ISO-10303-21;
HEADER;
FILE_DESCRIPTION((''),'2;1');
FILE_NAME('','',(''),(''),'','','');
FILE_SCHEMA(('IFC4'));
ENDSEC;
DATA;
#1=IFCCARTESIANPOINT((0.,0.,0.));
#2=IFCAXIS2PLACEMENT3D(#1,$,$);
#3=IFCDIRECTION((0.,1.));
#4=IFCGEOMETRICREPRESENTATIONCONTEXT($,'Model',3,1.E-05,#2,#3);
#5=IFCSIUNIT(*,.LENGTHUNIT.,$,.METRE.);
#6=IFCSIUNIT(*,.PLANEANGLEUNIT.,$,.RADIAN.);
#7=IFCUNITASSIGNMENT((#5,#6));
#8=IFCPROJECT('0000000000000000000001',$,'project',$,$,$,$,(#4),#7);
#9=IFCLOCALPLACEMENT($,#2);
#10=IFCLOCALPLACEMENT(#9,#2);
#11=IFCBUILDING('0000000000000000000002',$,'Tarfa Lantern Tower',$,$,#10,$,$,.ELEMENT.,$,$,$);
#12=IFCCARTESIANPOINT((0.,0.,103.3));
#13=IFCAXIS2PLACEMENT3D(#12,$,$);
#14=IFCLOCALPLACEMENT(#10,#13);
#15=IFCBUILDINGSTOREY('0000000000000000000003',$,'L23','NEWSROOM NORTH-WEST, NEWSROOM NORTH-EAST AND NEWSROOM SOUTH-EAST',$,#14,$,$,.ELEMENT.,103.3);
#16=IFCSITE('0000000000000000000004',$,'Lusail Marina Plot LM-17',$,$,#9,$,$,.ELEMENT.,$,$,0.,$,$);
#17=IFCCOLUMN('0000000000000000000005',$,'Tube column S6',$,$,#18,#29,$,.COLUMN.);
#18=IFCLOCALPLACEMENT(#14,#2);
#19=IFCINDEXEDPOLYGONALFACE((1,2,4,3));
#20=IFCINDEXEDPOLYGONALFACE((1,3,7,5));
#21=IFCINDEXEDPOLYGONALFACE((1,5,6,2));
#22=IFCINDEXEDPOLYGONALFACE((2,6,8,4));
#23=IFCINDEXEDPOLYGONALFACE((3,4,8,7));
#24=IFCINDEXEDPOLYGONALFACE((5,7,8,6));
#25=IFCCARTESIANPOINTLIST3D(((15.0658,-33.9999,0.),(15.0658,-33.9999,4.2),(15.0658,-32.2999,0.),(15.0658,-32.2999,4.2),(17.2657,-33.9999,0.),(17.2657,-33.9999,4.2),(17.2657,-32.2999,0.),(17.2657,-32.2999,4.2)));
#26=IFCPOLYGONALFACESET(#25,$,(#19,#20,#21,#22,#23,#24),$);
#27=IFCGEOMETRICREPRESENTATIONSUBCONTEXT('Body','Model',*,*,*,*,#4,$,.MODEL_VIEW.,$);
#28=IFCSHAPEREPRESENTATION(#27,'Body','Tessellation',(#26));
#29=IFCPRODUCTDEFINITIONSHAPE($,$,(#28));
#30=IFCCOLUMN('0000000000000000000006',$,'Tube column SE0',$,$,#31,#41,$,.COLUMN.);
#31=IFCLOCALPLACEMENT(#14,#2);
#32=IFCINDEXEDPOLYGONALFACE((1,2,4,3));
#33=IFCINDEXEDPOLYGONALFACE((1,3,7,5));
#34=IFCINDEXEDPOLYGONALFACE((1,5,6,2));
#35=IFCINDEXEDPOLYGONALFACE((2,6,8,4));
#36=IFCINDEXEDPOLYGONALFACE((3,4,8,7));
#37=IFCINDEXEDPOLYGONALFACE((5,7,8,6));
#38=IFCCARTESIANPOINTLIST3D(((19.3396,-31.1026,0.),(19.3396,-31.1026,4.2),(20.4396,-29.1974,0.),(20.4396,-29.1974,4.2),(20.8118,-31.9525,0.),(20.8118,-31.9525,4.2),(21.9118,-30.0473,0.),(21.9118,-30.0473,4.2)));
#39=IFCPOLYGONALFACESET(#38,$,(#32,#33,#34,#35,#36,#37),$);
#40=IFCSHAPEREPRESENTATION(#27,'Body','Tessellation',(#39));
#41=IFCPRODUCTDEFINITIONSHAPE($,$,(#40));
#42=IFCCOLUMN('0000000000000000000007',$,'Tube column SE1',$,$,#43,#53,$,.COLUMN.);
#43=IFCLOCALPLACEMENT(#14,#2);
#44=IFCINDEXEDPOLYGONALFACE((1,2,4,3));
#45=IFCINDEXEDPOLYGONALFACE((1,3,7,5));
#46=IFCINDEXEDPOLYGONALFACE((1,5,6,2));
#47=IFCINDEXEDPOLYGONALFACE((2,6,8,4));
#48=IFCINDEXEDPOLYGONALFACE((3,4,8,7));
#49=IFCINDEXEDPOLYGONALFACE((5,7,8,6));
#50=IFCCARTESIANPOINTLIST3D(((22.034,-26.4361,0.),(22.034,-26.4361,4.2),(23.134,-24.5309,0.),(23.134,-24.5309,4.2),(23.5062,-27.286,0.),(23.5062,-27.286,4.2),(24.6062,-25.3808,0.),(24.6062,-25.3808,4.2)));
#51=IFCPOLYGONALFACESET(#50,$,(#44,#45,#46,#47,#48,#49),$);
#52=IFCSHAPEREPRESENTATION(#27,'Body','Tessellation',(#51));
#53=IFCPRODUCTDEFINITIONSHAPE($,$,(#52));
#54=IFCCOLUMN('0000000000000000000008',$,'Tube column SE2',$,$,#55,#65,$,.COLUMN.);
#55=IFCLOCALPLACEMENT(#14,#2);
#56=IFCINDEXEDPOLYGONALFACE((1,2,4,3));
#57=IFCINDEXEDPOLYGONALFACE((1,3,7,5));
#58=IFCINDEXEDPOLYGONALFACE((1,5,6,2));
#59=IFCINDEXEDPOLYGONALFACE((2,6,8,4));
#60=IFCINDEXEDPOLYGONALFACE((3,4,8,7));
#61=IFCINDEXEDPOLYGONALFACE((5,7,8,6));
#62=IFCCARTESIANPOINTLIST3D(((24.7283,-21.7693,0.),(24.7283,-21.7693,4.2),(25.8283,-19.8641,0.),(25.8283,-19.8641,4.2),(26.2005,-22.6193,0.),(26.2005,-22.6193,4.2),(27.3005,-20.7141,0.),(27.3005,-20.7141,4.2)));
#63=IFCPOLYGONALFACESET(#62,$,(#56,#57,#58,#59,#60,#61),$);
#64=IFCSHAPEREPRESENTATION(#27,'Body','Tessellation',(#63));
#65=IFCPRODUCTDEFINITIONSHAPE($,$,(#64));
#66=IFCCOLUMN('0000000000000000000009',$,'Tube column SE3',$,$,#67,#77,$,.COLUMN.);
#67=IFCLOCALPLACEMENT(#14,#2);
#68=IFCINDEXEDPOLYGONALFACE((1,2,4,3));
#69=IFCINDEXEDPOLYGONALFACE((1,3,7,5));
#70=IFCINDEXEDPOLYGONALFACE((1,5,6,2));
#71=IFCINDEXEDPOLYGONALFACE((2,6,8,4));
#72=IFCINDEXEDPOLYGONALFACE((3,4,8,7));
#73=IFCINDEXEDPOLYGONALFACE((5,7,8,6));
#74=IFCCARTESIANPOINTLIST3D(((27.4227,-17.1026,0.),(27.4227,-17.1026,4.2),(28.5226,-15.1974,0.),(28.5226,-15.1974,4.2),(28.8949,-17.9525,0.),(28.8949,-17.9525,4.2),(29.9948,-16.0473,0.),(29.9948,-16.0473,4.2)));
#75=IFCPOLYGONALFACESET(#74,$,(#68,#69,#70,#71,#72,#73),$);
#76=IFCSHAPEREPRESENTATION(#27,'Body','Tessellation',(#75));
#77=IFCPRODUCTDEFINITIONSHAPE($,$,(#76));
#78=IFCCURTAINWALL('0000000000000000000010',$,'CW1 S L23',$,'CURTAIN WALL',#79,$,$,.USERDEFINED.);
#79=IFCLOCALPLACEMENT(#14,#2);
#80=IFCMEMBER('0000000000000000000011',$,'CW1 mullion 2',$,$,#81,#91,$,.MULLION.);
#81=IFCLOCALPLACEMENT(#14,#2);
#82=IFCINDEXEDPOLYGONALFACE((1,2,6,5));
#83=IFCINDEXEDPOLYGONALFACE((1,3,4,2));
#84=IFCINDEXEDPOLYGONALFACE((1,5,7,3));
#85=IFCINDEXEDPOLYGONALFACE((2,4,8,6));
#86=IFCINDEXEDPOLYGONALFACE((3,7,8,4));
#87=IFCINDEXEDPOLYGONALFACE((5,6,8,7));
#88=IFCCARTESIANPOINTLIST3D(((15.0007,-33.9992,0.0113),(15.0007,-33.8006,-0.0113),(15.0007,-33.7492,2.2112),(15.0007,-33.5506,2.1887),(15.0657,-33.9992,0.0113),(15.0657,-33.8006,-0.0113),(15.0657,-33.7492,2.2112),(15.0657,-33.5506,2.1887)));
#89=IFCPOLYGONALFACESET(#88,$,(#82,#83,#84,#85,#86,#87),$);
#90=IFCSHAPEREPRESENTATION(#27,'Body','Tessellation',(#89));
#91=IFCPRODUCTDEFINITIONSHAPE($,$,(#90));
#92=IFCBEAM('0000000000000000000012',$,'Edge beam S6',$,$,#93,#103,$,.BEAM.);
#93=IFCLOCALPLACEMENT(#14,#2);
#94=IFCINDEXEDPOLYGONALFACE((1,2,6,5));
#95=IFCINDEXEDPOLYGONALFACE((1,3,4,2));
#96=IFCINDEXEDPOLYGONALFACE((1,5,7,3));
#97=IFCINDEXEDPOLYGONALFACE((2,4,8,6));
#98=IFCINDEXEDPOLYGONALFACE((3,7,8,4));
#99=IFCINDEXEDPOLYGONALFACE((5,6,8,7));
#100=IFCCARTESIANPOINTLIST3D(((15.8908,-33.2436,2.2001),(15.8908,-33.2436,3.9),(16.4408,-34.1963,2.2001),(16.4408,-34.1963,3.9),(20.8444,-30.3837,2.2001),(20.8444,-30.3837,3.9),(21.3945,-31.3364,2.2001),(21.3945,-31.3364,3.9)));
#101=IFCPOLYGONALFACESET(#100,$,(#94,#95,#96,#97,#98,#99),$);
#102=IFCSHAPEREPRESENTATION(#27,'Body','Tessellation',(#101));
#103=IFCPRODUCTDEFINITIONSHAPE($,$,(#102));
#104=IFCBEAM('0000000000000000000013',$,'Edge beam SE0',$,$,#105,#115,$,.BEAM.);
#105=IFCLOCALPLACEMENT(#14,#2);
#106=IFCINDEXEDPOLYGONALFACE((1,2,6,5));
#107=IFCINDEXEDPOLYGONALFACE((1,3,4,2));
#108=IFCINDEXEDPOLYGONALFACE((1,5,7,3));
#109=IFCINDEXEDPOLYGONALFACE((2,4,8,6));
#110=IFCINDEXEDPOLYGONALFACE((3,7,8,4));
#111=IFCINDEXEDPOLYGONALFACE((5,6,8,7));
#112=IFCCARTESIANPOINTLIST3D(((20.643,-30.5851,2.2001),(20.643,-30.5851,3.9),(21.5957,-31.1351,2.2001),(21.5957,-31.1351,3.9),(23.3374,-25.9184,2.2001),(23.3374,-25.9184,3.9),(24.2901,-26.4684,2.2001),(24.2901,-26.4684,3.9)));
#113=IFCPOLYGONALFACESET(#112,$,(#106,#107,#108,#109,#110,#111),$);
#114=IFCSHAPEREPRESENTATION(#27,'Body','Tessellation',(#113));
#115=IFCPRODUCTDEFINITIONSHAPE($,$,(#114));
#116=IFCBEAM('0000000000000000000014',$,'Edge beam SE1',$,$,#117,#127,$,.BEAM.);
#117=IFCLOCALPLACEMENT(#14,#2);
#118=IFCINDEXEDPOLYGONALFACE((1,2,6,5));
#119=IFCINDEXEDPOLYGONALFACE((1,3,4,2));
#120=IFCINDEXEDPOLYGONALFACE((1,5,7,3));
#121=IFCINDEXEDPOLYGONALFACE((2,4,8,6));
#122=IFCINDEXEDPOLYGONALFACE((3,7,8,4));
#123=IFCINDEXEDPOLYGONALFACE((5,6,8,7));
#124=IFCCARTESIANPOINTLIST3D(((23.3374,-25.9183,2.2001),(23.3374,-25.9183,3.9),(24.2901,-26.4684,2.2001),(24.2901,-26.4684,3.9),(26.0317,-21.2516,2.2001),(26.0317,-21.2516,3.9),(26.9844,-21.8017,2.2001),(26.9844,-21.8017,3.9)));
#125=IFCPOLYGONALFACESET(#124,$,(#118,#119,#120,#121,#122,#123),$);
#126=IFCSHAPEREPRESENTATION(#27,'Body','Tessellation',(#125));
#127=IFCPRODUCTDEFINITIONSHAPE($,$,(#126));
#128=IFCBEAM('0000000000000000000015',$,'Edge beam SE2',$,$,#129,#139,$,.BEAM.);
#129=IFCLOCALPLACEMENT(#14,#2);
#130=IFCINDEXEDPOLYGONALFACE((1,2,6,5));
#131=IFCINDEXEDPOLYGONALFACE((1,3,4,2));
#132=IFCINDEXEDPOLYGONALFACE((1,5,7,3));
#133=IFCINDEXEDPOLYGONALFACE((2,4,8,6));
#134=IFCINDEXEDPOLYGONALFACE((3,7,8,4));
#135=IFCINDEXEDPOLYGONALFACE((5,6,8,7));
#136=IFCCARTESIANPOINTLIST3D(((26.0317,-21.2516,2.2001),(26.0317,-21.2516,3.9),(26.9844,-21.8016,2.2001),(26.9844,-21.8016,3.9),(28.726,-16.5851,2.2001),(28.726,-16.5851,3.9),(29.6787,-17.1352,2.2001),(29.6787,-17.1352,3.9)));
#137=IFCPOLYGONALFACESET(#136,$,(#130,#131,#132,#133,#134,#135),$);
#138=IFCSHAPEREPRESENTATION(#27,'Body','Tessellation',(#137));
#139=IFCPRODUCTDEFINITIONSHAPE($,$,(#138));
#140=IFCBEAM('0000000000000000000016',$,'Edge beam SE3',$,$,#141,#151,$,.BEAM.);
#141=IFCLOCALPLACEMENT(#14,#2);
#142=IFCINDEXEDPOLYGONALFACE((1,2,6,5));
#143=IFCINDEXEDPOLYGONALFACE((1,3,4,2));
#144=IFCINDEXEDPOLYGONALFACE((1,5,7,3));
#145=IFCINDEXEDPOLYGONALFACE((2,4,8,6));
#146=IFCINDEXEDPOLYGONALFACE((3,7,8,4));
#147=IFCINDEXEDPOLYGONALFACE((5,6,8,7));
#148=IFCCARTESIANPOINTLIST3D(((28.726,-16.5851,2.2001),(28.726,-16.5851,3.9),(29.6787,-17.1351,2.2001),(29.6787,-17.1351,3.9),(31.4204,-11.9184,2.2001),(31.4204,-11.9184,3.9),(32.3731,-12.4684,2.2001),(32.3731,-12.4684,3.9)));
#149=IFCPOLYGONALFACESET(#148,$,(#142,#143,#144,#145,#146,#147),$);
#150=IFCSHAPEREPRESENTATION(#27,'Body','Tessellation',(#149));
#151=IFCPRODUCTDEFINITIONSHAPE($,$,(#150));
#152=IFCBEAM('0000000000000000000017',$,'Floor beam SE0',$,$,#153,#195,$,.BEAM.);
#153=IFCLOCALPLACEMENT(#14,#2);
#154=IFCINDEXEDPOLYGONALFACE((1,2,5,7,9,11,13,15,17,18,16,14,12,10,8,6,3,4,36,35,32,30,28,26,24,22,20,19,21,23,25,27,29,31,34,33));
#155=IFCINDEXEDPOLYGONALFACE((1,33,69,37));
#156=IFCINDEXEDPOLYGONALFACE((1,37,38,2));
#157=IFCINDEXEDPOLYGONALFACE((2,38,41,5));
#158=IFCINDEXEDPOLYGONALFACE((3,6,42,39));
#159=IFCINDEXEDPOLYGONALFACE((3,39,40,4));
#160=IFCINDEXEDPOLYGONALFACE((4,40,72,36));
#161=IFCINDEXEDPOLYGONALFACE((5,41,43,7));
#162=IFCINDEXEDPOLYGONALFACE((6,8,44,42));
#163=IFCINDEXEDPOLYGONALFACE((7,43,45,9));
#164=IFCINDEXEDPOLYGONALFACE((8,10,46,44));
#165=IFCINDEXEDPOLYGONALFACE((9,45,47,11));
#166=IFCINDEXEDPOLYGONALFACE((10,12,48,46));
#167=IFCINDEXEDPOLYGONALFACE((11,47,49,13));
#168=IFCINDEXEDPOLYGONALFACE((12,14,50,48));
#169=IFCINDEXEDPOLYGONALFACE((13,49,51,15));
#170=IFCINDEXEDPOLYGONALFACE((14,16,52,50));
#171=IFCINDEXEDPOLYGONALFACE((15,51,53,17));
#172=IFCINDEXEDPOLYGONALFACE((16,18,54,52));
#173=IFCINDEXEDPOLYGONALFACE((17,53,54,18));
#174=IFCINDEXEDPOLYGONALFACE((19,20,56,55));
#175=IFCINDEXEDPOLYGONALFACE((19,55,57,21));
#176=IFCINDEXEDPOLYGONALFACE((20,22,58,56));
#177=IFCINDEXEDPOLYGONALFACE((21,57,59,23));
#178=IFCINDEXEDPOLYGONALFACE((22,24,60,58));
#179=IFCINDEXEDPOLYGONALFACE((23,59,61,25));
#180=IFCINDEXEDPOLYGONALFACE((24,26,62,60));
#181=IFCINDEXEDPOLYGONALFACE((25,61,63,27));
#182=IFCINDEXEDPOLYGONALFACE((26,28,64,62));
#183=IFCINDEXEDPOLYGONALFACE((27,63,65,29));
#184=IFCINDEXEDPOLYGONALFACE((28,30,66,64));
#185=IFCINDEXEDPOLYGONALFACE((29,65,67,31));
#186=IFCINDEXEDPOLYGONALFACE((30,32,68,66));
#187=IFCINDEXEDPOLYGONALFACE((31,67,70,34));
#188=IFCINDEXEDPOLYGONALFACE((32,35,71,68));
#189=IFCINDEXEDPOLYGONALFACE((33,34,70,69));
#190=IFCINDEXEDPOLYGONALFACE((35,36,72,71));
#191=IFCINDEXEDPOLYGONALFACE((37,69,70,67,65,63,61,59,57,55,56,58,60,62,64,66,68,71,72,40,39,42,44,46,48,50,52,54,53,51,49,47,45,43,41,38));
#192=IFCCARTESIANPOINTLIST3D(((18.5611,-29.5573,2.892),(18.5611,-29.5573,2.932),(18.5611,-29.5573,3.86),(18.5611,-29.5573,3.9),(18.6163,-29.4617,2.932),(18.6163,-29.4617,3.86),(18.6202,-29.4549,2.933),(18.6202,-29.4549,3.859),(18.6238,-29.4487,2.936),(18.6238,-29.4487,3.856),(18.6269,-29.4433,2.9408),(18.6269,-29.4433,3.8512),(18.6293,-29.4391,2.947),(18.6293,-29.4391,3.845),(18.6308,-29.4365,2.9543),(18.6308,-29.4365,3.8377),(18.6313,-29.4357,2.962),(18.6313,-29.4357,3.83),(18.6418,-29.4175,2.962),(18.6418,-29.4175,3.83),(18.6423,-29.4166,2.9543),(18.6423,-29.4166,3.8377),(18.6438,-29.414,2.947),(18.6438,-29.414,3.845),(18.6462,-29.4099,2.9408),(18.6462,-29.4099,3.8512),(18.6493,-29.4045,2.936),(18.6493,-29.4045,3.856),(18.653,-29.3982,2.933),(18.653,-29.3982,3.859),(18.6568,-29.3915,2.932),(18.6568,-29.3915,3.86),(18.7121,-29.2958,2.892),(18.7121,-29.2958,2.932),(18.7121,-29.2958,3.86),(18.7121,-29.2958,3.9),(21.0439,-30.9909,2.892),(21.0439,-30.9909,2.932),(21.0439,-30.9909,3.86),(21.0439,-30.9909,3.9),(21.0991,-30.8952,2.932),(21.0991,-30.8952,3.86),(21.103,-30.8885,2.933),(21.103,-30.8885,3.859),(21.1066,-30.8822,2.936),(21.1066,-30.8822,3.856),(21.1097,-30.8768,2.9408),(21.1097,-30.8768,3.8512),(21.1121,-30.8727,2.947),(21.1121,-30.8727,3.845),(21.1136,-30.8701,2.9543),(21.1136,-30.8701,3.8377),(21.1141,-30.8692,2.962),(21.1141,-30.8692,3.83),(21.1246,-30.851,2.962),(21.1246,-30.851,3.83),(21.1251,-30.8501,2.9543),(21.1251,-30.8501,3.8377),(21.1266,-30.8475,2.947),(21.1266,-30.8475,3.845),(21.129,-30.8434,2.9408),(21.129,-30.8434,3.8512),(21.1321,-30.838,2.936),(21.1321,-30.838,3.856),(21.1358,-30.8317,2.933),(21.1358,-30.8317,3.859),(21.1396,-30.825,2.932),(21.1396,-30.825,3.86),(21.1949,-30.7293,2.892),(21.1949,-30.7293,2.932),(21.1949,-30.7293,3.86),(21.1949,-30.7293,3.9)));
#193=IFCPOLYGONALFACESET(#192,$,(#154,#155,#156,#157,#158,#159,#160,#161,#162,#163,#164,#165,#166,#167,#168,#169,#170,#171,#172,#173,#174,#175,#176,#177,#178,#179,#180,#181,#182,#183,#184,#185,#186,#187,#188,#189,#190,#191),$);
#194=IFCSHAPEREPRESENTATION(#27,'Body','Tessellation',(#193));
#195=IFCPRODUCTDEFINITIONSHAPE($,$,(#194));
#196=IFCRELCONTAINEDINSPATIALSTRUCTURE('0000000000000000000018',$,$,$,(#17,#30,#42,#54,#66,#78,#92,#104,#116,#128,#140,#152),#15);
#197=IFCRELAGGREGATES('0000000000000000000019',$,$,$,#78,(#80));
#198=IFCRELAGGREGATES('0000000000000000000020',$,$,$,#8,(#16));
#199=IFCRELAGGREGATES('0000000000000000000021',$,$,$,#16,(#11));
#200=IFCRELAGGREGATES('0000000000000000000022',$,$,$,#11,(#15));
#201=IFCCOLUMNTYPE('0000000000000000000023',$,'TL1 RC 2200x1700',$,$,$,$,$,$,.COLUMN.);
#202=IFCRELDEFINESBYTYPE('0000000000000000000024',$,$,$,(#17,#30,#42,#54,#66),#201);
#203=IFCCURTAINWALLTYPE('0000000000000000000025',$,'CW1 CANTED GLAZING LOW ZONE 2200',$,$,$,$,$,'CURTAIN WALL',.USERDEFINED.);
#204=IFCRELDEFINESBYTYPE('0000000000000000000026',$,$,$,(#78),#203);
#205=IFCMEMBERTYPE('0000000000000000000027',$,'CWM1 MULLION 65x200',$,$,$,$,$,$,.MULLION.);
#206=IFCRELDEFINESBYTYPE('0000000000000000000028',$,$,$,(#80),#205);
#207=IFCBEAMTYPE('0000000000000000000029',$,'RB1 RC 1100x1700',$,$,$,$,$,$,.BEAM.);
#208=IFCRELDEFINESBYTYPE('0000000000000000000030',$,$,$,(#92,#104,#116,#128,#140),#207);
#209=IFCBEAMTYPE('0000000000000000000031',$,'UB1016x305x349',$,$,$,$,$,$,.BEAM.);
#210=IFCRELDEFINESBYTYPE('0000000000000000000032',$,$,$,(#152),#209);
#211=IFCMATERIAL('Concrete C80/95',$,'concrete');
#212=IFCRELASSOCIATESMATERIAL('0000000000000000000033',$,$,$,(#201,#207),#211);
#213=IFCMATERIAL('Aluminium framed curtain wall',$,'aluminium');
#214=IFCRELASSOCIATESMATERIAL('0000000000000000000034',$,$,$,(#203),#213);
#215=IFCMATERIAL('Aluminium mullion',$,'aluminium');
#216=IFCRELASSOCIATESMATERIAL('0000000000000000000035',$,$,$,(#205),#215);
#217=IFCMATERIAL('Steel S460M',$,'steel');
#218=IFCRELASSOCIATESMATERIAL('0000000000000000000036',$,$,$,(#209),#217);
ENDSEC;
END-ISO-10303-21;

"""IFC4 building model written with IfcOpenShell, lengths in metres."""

from ifc_helpers import new_model, si_unit, direction, frame, origin, origin_2d, place, context, subcontext, project, spatial, rectangle, i_section, extrude, material, material_profile, profile_set, type_object, element, aggregate, save


model = new_model("IFC4")

# Units and contexts
model_context = context("Model", 3, precision=1e-05, world=origin(), true_north=direction((0.0, 1.0)))
body_context = subcontext(model_context, "Body", "Model", "MODEL_VIEW")
ifc_project = project(units=[si_unit("LENGTHUNIT", "METRE"), si_unit("PLANEANGLEUNIT", "RADIAN")], contexts=[model_context])

# Site, building, storey
site_placement = place(None, origin())
site = spatial("IfcSite", under=ifc_project, at=site_placement, Name="Lusail Marina Plot LM-17", CompositionType="ELEMENT", RefElevation=0.0)
building_placement = place(site_placement, origin())
building = spatial("IfcBuilding", under=site, at=building_placement, Name="Tarfa Lantern Tower", CompositionType="ELEMENT")
storey_placement = place(building_placement, frame((0.0, 0.0, 103.3)))
storey = spatial("IfcBuildingStorey", under=building, at=storey_placement, Name="L23", Description="NEWSROOM NORTH-WEST, NEWSROOM NORTH-EAST AND NEWSROOM SOUTH-EAST", CompositionType="ELEMENT", Elevation=103.3)

# Columns
ifc_material_1 = material(Name="Concrete C80/95", Category="concrete")
ifc_material_profile_1 = material_profile(ifc_material_1, rectangle(XDim=2.2, YDim=1.7, at=origin_2d()), Name="RC 2200x1700")
ifc_profile_set_1 = profile_set([ifc_material_profile_1], Name="Concrete C80/95")
column_type = type_object("IfcColumnType", Name="TL1 RC 2200x1700", PredefinedType="COLUMN", material=ifc_profile_set_1)
for number, where, z_axis, x_axis, name in (
    (1, (16.1658, -33.1499, 0.0), (0.0, 0.0, 1.0), (1.0, 0.0, 0.0), "Tube column S6"),
    (2, (20.6257, -30.575, 0.0), (0.0, 0.0, 1.0), (0.5, 0.866025, 0.0), "Tube column SE0"),
    (3, (23.3201, -25.9084, 0.0), (0.0, 0.0, 1.0), (0.5, 0.866025, 0.0), "Tube column SE1"),
    (4, (26.0144, -21.2417, 0.0), (0.0, 0.0, 1.0), (0.5, 0.866025, 0.0), "Tube column SE2"),
    (5, (28.7087, -16.575, 0.0), (0.0, 0.0, 1.0), (0.5, 0.866025, 0.0), "Tube column SE3"),
):
    element("IfcColumn", number, at=place(storey_placement, frame(where, z_axis=z_axis, x_axis=x_axis)), inside=storey, type_object=column_type, Name=name, PredefinedType="COLUMN", context=body_context, shape_type="SweptSolid", body=[
        extrude(rectangle(XDim=2.2, YDim=1.7, at=origin_2d()), origin(), (0.0, 0.0, 1.0), 4.2),
    ])

# Curtain wall, member
ifc_material_2 = material(Name="Aluminium framed curtain wall", Category="aluminium")
curtain_wall_type = type_object("IfcCurtainWallType", Name="CW1 CANTED GLAZING LOW ZONE 2200", ElementType="CURTAIN WALL", PredefinedType="USERDEFINED", material=ifc_material_2)
curtain_wall_placement = place(storey_placement, origin())
curtain_wall = element("IfcCurtainWall", 6, at=curtain_wall_placement, inside=storey, type_object=curtain_wall_type, Name="CW1 S L23", ObjectType="CURTAIN WALL", PredefinedType="USERDEFINED")
ifc_material_3 = material(Name="Aluminium mullion", Category="aluminium")
ifc_material_profile_2 = material_profile(ifc_material_3, rectangle(XDim=0.0649, YDim=0.2, at=origin_2d()), Name="AL MULLION 65x200")
ifc_profile_set_2 = profile_set([ifc_material_profile_2], Name="Aluminium mullion")
member_type = type_object("IfcMemberType", Name="CWM1 MULLION 65x200", PredefinedType="MULLION", material=ifc_profile_set_2)
member_placement = place(storey_placement, frame((15.0332, -33.8999, 0.0), z_axis=(0.0, 0.112912, 0.993605), x_axis=(-1.0, 0.0, 0.0)))
member = element("IfcMember", 7, at=member_placement, type_object=member_type, Name="CW1 mullion 2", PredefinedType="MULLION", context=body_context, shape_type="SweptSolid", body=[
    extrude(rectangle(XDim=0.0649, YDim=0.2, at=origin_2d()), origin(), (0.0, 0.0, 1.0), 2.2141),
])
aggregate(curtain_wall, [member])

# Beams
ifc_material_profile_3 = material_profile(ifc_material_1, rectangle(XDim=1.1001, YDim=1.7, at=origin_2d()), Name="RC 1100x1700")
ifc_profile_set_3 = profile_set([ifc_material_profile_3], Name="Concrete C80/95")
beam_type_1 = type_object("IfcBeamType", Name="RB1 RC 1100x1700", PredefinedType="BEAM", material=ifc_profile_set_3)
beam_1_placement = place(storey_placement, frame((16.1658, -33.72, 3.05), z_axis=(0.866033, 0.499986, 0.0), x_axis=(-0.499986, 0.866033, 0.0)))
element("IfcBeam", 8, at=beam_1_placement, inside=storey, type_object=beam_type_1, Name="Edge beam S6", PredefinedType="BEAM", context=body_context, shape_type="SweptSolid", body=[
    extrude(rectangle(XDim=1.1001, YDim=1.7, at=origin_2d()), origin(), (0.0, 0.0, 1.0), 5.72),
])
for number, where, z_axis, x_axis, name in (
    (9, (21.1194, -30.8601, 3.05), (0.499998, 0.866026, 0.0), (-0.866026, 0.499998, 0.0), "Edge beam SE0"),
    (10, (23.8137, -26.1934, 3.05), (0.499998, 0.866026, 0.0), (-0.866026, 0.499998, 0.0), "Edge beam SE1"),
):
    element("IfcBeam", number, at=place(storey_placement, frame(where, z_axis=z_axis, x_axis=x_axis)), inside=storey, type_object=beam_type_1, Name=name, PredefinedType="BEAM", context=body_context, shape_type="SweptSolid", body=[
        extrude(rectangle(XDim=1.1001, YDim=1.7, at=origin_2d()), origin(), (0.0, 0.0, 1.0), 5.3887),
    ])
beam_2_placement = place(storey_placement, frame((26.5081, -21.5266, 3.05), z_axis=(0.500018, 0.866015, 0.0), x_axis=(-0.866015, 0.500018, 0.0)))
element("IfcBeam", 11, at=beam_2_placement, inside=storey, type_object=beam_type_1, Name="Edge beam SE2", PredefinedType="BEAM", context=body_context, shape_type="SweptSolid", body=[
    extrude(rectangle(XDim=1.1001, YDim=1.7, at=origin_2d()), origin(), (0.0, 0.0, 1.0), 5.3884),
])
beam_3_placement = place(storey_placement, frame((29.2024, -16.8601, 3.05), z_axis=(0.499998, 0.866026, 0.0), x_axis=(-0.866026, 0.499998, 0.0)))
element("IfcBeam", 12, at=beam_3_placement, inside=storey, type_object=beam_type_1, Name="Edge beam SE3", PredefinedType="BEAM", context=body_context, shape_type="SweptSolid", body=[
    extrude(rectangle(XDim=1.1001, YDim=1.7, at=origin_2d()), origin(), (0.0, 0.0, 1.0), 5.3887),
])
ifc_material_4 = material(Name="Steel S460M", Category="steel")
ifc_material_profile_4 = material_profile(ifc_material_4, i_section(OverallWidth=0.302, OverallDepth=1.0081, WebThickness=0.021, FlangeThickness=0.04, FilletRadius=0.03, at=origin_2d()), Name="UB1016x305x349")
ifc_profile_set_4 = profile_set([ifc_material_profile_4], Name="Steel S460M")
beam_type_2 = type_object("IfcBeamType", Name="UB1016x305x349", PredefinedType="BEAM", material=ifc_profile_set_4)
beam_4_placement = place(storey_placement, frame((21.1194, -30.8601, 3.396), z_axis=(-0.866013, 0.500022, 0.0), x_axis=(-0.500022, -0.866013, 0.0)))
element("IfcBeam", 13, at=beam_4_placement, inside=storey, type_object=beam_type_2, Name="Floor beam SE0", PredefinedType="BEAM", context=body_context, shape_type="SweptSolid", body=[
    extrude(i_section(OverallWidth=0.302, OverallDepth=1.0081, WebThickness=0.021, FlangeThickness=0.04, FilletRadius=0.03, at=origin_2d()), origin(), (0.0, 0.0, 1.0), 2.8669),
])

save(model, "model.ifc")
